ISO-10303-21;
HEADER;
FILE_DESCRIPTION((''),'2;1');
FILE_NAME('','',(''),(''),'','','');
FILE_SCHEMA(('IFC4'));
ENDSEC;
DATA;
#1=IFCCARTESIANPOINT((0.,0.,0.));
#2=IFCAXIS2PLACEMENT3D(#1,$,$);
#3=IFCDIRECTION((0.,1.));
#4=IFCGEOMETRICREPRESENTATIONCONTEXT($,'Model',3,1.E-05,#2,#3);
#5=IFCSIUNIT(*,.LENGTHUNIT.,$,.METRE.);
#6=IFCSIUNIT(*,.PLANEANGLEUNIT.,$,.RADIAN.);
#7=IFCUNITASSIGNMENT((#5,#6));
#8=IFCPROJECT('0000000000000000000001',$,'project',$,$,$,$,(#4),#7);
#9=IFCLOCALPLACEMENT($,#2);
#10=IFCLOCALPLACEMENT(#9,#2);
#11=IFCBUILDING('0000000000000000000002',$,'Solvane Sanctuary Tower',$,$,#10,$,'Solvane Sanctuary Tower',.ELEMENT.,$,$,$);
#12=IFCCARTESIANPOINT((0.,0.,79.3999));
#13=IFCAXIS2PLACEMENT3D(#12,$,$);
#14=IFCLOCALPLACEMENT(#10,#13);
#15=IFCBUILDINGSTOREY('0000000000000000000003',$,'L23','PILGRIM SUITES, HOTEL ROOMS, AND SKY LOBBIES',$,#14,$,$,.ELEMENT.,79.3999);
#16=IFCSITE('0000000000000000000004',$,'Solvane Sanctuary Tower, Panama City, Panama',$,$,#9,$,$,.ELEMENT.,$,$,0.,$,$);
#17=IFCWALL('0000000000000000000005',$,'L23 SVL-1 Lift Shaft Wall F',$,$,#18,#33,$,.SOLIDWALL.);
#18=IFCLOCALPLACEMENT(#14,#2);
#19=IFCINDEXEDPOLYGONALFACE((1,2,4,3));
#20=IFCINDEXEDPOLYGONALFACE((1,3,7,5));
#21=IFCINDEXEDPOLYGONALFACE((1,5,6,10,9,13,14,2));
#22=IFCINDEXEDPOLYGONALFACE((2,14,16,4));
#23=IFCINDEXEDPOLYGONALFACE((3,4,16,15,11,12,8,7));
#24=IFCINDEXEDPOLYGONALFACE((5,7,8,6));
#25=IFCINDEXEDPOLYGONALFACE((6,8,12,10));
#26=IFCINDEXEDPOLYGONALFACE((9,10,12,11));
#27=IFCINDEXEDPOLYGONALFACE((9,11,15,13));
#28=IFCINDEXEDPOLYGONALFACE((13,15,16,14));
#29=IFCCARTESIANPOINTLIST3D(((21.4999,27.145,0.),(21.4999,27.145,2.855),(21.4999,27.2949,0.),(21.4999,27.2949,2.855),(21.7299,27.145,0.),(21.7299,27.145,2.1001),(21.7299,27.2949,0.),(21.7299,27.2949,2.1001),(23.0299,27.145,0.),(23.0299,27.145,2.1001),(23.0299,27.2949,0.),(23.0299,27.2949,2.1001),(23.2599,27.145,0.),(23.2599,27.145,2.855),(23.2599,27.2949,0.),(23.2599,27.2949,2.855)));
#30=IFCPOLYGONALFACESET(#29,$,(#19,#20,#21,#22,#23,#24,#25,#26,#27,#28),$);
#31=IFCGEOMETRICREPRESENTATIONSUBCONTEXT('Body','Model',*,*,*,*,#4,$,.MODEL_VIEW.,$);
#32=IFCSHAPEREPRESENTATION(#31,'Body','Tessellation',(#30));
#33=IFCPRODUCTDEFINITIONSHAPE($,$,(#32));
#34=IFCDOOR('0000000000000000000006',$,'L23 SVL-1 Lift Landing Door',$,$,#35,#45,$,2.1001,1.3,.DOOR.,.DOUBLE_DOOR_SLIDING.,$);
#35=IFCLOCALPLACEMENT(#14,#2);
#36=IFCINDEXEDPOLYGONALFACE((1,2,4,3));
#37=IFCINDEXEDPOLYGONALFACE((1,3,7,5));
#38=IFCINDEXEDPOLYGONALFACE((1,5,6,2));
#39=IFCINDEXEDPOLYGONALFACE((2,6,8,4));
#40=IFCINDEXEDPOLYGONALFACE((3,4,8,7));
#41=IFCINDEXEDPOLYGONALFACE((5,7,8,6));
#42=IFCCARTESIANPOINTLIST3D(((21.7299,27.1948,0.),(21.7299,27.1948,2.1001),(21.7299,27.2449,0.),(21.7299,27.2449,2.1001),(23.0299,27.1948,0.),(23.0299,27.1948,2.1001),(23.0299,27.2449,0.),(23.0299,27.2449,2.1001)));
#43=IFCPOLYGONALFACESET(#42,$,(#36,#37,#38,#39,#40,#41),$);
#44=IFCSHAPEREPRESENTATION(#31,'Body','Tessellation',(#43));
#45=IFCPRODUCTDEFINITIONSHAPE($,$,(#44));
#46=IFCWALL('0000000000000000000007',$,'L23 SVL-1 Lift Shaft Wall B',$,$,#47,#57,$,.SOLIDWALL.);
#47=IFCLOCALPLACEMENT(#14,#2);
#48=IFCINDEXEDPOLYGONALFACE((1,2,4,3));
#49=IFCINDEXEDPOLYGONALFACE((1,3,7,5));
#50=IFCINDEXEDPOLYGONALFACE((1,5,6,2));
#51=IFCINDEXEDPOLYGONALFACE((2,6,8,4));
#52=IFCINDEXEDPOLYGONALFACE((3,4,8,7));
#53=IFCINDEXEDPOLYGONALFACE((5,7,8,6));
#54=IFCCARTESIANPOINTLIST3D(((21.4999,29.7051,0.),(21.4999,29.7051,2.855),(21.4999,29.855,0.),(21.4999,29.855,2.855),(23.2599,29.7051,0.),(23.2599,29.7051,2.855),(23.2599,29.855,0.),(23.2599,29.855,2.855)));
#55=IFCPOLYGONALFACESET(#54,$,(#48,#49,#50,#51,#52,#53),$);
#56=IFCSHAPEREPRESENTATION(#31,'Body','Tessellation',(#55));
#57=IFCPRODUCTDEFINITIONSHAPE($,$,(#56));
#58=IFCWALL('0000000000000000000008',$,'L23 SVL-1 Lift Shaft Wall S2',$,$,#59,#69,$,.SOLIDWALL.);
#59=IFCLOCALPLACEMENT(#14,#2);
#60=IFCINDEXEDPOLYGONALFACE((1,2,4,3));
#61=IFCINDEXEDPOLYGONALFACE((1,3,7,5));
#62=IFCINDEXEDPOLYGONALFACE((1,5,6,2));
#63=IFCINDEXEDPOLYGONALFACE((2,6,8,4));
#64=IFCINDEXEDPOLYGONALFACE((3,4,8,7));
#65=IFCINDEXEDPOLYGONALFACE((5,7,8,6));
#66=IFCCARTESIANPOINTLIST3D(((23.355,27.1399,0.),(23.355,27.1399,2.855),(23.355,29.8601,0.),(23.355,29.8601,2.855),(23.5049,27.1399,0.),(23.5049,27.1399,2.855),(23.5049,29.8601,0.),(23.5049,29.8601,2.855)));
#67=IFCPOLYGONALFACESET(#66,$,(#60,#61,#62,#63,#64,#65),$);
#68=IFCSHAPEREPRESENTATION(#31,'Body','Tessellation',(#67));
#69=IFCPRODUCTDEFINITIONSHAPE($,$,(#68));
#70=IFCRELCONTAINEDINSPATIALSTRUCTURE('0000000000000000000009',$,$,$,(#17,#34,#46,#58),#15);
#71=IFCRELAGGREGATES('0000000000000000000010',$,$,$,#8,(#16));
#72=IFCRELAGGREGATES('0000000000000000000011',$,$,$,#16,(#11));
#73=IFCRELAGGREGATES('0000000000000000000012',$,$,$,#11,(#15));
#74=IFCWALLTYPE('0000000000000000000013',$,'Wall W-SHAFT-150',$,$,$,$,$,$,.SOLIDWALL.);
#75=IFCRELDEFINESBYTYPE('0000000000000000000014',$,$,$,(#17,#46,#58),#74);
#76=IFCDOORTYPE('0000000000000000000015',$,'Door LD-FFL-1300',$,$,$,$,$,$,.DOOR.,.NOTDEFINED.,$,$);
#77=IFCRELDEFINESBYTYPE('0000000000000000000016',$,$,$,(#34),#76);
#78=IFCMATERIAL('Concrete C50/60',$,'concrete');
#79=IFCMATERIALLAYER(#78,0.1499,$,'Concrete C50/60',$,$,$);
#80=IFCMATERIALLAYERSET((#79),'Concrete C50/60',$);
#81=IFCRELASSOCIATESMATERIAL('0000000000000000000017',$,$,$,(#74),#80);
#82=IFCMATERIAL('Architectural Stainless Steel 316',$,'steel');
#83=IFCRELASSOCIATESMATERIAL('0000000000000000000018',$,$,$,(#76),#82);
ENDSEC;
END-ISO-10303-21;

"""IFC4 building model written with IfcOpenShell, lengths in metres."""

from ifc_helpers import new_model, si_unit, direction, frame, frame_2d, origin, place, context, subcontext, project, spatial, rectangle, extrude, material, layer, layer_set, type_object, element, fill, save


model = new_model("IFC4")

# Units and contexts
model_context = context("Model", 3, precision=1e-05, world=origin(), true_north=direction((0.0, 1.0)))
body_context = subcontext(model_context, "Body", "Model", "MODEL_VIEW")
ifc_project = project(units=[si_unit("LENGTHUNIT", "METRE"), si_unit("PLANEANGLEUNIT", "RADIAN")], contexts=[model_context])

# Site, building, storey
site_placement = place(None, origin())
site = spatial("IfcSite", under=ifc_project, at=site_placement, Name="Solvane Sanctuary Tower, Panama City, Panama", CompositionType="ELEMENT", RefElevation=0.0)
building_placement = place(site_placement, origin())
building = spatial("IfcBuilding", under=site, at=building_placement, Name="Solvane Sanctuary Tower", LongName="Solvane Sanctuary Tower", CompositionType="ELEMENT")
storey_placement = place(building_placement, frame((0.0, 0.0, 79.3999)))
storey = spatial("IfcBuildingStorey", under=building, at=storey_placement, Name="L23", Description="PILGRIM SUITES, HOTEL ROOMS, AND SKY LOBBIES", CompositionType="ELEMENT", Elevation=79.3999)

# Shared definitions
ifc_material_1 = material(Name="Architectural Stainless Steel 316", Category="steel")

# Shared definitions
ifc_material_2 = material(Name="Concrete C50/60", Category="concrete")
ifc_layer_1 = layer(ifc_material_2, 0.1499, Name="Concrete C50/60")
ifc_layer_set_1 = layer_set([ifc_layer_1], Name="Concrete C50/60")
wall_type_1 = type_object("IfcWallType", Name="Wall W-SHAFT-150", PredefinedType="SOLIDWALL", material=ifc_layer_set_1)

# Wall, opening, door
wall_1_placement = place(storey_placement, frame((21.5, 27.22, 0.0), z_axis=(0.0, 0.0, 1.0), x_axis=(1.0, 0.0, 0.0)))
wall_1 = element("IfcWall", 1, at=wall_1_placement, inside=storey, type_object=wall_type_1, Name="L23 SVL-1 Lift Shaft Wall F", PredefinedType="SOLIDWALL", context=body_context, shape_type="SweptSolid", body=[
    extrude(rectangle(XDim=1.76, YDim=0.1499, at=frame_2d((0.8799, 0.0))), origin(), (0.0, 0.0, 1.0), 2.855),
])
opening_1_placement = place(wall_1_placement, frame((0.23, 0.0, 0.0)))
opening_1 = element("IfcOpeningElement", 2, at=opening_1_placement, cuts=wall_1, PredefinedType="OPENING", context=body_context, shape_type="SweptSolid", body=[
    extrude(rectangle(XDim=1.3, YDim=2.1001, at=frame_2d((0.6499, 1.05))), frame((0.0, 0.085, 0.0), z_axis=(0.0, -1.0, 0.0), x_axis=(1.0, 0.0, 0.0)), (0.0, 0.0, 1.0), 0.1699),
])
door_type_1 = type_object("IfcDoorType", Name="Door LD-FFL-1300", OperationType="NOTDEFINED", PredefinedType="DOOR", material=ifc_material_1)
door_1_placement = place(opening_1_placement, origin())
door_1 = element("IfcDoor", 3, at=door_1_placement, inside=storey, type_object=door_type_1, Name="L23 SVL-1 Lift Landing Door", OperationType="DOUBLE_DOOR_SLIDING", OverallHeight=2.1001, OverallWidth=1.3, PredefinedType="DOOR", context=body_context, shape_type="SweptSolid", body=[
    extrude(rectangle(XDim=1.3, YDim=2.1001, at=frame_2d((0.6499, 1.05))), frame((0.0, 0.0249, 0.0), z_axis=(0.0, -1.0, 0.0), x_axis=(1.0, 0.0, 0.0)), (0.0, 0.0, 1.0), 0.05),
])
fill(opening_1, door_1)

# Walls
wall_2_placement = place(storey_placement, frame((21.5, 29.78, 0.0), z_axis=(0.0, 0.0, 1.0), x_axis=(1.0, 0.0, 0.0)))
element("IfcWall", 4, at=wall_2_placement, inside=storey, type_object=wall_type_1, Name="L23 SVL-1 Lift Shaft Wall B", PredefinedType="SOLIDWALL", context=body_context, shape_type="SweptSolid", body=[
    extrude(rectangle(XDim=1.76, YDim=0.1499, at=frame_2d((0.8799, 0.0))), origin(), (0.0, 0.0, 1.0), 2.855),
])
wall_3_placement = place(storey_placement, frame((23.4299, 27.1399, 0.0), z_axis=(0.0, 0.0, 1.0), x_axis=(0.0, 1.0, 0.0)))
element("IfcWall", 5, at=wall_3_placement, inside=storey, type_object=wall_type_1, Name="L23 SVL-1 Lift Shaft Wall S2", PredefinedType="SOLIDWALL", context=body_context, shape_type="SweptSolid", body=[
    extrude(rectangle(XDim=2.7202, YDim=0.1499, at=frame_2d((1.3601, 0.0))), origin(), (0.0, 0.0, 1.0), 2.855),
])

save(model, "model.ifc")
